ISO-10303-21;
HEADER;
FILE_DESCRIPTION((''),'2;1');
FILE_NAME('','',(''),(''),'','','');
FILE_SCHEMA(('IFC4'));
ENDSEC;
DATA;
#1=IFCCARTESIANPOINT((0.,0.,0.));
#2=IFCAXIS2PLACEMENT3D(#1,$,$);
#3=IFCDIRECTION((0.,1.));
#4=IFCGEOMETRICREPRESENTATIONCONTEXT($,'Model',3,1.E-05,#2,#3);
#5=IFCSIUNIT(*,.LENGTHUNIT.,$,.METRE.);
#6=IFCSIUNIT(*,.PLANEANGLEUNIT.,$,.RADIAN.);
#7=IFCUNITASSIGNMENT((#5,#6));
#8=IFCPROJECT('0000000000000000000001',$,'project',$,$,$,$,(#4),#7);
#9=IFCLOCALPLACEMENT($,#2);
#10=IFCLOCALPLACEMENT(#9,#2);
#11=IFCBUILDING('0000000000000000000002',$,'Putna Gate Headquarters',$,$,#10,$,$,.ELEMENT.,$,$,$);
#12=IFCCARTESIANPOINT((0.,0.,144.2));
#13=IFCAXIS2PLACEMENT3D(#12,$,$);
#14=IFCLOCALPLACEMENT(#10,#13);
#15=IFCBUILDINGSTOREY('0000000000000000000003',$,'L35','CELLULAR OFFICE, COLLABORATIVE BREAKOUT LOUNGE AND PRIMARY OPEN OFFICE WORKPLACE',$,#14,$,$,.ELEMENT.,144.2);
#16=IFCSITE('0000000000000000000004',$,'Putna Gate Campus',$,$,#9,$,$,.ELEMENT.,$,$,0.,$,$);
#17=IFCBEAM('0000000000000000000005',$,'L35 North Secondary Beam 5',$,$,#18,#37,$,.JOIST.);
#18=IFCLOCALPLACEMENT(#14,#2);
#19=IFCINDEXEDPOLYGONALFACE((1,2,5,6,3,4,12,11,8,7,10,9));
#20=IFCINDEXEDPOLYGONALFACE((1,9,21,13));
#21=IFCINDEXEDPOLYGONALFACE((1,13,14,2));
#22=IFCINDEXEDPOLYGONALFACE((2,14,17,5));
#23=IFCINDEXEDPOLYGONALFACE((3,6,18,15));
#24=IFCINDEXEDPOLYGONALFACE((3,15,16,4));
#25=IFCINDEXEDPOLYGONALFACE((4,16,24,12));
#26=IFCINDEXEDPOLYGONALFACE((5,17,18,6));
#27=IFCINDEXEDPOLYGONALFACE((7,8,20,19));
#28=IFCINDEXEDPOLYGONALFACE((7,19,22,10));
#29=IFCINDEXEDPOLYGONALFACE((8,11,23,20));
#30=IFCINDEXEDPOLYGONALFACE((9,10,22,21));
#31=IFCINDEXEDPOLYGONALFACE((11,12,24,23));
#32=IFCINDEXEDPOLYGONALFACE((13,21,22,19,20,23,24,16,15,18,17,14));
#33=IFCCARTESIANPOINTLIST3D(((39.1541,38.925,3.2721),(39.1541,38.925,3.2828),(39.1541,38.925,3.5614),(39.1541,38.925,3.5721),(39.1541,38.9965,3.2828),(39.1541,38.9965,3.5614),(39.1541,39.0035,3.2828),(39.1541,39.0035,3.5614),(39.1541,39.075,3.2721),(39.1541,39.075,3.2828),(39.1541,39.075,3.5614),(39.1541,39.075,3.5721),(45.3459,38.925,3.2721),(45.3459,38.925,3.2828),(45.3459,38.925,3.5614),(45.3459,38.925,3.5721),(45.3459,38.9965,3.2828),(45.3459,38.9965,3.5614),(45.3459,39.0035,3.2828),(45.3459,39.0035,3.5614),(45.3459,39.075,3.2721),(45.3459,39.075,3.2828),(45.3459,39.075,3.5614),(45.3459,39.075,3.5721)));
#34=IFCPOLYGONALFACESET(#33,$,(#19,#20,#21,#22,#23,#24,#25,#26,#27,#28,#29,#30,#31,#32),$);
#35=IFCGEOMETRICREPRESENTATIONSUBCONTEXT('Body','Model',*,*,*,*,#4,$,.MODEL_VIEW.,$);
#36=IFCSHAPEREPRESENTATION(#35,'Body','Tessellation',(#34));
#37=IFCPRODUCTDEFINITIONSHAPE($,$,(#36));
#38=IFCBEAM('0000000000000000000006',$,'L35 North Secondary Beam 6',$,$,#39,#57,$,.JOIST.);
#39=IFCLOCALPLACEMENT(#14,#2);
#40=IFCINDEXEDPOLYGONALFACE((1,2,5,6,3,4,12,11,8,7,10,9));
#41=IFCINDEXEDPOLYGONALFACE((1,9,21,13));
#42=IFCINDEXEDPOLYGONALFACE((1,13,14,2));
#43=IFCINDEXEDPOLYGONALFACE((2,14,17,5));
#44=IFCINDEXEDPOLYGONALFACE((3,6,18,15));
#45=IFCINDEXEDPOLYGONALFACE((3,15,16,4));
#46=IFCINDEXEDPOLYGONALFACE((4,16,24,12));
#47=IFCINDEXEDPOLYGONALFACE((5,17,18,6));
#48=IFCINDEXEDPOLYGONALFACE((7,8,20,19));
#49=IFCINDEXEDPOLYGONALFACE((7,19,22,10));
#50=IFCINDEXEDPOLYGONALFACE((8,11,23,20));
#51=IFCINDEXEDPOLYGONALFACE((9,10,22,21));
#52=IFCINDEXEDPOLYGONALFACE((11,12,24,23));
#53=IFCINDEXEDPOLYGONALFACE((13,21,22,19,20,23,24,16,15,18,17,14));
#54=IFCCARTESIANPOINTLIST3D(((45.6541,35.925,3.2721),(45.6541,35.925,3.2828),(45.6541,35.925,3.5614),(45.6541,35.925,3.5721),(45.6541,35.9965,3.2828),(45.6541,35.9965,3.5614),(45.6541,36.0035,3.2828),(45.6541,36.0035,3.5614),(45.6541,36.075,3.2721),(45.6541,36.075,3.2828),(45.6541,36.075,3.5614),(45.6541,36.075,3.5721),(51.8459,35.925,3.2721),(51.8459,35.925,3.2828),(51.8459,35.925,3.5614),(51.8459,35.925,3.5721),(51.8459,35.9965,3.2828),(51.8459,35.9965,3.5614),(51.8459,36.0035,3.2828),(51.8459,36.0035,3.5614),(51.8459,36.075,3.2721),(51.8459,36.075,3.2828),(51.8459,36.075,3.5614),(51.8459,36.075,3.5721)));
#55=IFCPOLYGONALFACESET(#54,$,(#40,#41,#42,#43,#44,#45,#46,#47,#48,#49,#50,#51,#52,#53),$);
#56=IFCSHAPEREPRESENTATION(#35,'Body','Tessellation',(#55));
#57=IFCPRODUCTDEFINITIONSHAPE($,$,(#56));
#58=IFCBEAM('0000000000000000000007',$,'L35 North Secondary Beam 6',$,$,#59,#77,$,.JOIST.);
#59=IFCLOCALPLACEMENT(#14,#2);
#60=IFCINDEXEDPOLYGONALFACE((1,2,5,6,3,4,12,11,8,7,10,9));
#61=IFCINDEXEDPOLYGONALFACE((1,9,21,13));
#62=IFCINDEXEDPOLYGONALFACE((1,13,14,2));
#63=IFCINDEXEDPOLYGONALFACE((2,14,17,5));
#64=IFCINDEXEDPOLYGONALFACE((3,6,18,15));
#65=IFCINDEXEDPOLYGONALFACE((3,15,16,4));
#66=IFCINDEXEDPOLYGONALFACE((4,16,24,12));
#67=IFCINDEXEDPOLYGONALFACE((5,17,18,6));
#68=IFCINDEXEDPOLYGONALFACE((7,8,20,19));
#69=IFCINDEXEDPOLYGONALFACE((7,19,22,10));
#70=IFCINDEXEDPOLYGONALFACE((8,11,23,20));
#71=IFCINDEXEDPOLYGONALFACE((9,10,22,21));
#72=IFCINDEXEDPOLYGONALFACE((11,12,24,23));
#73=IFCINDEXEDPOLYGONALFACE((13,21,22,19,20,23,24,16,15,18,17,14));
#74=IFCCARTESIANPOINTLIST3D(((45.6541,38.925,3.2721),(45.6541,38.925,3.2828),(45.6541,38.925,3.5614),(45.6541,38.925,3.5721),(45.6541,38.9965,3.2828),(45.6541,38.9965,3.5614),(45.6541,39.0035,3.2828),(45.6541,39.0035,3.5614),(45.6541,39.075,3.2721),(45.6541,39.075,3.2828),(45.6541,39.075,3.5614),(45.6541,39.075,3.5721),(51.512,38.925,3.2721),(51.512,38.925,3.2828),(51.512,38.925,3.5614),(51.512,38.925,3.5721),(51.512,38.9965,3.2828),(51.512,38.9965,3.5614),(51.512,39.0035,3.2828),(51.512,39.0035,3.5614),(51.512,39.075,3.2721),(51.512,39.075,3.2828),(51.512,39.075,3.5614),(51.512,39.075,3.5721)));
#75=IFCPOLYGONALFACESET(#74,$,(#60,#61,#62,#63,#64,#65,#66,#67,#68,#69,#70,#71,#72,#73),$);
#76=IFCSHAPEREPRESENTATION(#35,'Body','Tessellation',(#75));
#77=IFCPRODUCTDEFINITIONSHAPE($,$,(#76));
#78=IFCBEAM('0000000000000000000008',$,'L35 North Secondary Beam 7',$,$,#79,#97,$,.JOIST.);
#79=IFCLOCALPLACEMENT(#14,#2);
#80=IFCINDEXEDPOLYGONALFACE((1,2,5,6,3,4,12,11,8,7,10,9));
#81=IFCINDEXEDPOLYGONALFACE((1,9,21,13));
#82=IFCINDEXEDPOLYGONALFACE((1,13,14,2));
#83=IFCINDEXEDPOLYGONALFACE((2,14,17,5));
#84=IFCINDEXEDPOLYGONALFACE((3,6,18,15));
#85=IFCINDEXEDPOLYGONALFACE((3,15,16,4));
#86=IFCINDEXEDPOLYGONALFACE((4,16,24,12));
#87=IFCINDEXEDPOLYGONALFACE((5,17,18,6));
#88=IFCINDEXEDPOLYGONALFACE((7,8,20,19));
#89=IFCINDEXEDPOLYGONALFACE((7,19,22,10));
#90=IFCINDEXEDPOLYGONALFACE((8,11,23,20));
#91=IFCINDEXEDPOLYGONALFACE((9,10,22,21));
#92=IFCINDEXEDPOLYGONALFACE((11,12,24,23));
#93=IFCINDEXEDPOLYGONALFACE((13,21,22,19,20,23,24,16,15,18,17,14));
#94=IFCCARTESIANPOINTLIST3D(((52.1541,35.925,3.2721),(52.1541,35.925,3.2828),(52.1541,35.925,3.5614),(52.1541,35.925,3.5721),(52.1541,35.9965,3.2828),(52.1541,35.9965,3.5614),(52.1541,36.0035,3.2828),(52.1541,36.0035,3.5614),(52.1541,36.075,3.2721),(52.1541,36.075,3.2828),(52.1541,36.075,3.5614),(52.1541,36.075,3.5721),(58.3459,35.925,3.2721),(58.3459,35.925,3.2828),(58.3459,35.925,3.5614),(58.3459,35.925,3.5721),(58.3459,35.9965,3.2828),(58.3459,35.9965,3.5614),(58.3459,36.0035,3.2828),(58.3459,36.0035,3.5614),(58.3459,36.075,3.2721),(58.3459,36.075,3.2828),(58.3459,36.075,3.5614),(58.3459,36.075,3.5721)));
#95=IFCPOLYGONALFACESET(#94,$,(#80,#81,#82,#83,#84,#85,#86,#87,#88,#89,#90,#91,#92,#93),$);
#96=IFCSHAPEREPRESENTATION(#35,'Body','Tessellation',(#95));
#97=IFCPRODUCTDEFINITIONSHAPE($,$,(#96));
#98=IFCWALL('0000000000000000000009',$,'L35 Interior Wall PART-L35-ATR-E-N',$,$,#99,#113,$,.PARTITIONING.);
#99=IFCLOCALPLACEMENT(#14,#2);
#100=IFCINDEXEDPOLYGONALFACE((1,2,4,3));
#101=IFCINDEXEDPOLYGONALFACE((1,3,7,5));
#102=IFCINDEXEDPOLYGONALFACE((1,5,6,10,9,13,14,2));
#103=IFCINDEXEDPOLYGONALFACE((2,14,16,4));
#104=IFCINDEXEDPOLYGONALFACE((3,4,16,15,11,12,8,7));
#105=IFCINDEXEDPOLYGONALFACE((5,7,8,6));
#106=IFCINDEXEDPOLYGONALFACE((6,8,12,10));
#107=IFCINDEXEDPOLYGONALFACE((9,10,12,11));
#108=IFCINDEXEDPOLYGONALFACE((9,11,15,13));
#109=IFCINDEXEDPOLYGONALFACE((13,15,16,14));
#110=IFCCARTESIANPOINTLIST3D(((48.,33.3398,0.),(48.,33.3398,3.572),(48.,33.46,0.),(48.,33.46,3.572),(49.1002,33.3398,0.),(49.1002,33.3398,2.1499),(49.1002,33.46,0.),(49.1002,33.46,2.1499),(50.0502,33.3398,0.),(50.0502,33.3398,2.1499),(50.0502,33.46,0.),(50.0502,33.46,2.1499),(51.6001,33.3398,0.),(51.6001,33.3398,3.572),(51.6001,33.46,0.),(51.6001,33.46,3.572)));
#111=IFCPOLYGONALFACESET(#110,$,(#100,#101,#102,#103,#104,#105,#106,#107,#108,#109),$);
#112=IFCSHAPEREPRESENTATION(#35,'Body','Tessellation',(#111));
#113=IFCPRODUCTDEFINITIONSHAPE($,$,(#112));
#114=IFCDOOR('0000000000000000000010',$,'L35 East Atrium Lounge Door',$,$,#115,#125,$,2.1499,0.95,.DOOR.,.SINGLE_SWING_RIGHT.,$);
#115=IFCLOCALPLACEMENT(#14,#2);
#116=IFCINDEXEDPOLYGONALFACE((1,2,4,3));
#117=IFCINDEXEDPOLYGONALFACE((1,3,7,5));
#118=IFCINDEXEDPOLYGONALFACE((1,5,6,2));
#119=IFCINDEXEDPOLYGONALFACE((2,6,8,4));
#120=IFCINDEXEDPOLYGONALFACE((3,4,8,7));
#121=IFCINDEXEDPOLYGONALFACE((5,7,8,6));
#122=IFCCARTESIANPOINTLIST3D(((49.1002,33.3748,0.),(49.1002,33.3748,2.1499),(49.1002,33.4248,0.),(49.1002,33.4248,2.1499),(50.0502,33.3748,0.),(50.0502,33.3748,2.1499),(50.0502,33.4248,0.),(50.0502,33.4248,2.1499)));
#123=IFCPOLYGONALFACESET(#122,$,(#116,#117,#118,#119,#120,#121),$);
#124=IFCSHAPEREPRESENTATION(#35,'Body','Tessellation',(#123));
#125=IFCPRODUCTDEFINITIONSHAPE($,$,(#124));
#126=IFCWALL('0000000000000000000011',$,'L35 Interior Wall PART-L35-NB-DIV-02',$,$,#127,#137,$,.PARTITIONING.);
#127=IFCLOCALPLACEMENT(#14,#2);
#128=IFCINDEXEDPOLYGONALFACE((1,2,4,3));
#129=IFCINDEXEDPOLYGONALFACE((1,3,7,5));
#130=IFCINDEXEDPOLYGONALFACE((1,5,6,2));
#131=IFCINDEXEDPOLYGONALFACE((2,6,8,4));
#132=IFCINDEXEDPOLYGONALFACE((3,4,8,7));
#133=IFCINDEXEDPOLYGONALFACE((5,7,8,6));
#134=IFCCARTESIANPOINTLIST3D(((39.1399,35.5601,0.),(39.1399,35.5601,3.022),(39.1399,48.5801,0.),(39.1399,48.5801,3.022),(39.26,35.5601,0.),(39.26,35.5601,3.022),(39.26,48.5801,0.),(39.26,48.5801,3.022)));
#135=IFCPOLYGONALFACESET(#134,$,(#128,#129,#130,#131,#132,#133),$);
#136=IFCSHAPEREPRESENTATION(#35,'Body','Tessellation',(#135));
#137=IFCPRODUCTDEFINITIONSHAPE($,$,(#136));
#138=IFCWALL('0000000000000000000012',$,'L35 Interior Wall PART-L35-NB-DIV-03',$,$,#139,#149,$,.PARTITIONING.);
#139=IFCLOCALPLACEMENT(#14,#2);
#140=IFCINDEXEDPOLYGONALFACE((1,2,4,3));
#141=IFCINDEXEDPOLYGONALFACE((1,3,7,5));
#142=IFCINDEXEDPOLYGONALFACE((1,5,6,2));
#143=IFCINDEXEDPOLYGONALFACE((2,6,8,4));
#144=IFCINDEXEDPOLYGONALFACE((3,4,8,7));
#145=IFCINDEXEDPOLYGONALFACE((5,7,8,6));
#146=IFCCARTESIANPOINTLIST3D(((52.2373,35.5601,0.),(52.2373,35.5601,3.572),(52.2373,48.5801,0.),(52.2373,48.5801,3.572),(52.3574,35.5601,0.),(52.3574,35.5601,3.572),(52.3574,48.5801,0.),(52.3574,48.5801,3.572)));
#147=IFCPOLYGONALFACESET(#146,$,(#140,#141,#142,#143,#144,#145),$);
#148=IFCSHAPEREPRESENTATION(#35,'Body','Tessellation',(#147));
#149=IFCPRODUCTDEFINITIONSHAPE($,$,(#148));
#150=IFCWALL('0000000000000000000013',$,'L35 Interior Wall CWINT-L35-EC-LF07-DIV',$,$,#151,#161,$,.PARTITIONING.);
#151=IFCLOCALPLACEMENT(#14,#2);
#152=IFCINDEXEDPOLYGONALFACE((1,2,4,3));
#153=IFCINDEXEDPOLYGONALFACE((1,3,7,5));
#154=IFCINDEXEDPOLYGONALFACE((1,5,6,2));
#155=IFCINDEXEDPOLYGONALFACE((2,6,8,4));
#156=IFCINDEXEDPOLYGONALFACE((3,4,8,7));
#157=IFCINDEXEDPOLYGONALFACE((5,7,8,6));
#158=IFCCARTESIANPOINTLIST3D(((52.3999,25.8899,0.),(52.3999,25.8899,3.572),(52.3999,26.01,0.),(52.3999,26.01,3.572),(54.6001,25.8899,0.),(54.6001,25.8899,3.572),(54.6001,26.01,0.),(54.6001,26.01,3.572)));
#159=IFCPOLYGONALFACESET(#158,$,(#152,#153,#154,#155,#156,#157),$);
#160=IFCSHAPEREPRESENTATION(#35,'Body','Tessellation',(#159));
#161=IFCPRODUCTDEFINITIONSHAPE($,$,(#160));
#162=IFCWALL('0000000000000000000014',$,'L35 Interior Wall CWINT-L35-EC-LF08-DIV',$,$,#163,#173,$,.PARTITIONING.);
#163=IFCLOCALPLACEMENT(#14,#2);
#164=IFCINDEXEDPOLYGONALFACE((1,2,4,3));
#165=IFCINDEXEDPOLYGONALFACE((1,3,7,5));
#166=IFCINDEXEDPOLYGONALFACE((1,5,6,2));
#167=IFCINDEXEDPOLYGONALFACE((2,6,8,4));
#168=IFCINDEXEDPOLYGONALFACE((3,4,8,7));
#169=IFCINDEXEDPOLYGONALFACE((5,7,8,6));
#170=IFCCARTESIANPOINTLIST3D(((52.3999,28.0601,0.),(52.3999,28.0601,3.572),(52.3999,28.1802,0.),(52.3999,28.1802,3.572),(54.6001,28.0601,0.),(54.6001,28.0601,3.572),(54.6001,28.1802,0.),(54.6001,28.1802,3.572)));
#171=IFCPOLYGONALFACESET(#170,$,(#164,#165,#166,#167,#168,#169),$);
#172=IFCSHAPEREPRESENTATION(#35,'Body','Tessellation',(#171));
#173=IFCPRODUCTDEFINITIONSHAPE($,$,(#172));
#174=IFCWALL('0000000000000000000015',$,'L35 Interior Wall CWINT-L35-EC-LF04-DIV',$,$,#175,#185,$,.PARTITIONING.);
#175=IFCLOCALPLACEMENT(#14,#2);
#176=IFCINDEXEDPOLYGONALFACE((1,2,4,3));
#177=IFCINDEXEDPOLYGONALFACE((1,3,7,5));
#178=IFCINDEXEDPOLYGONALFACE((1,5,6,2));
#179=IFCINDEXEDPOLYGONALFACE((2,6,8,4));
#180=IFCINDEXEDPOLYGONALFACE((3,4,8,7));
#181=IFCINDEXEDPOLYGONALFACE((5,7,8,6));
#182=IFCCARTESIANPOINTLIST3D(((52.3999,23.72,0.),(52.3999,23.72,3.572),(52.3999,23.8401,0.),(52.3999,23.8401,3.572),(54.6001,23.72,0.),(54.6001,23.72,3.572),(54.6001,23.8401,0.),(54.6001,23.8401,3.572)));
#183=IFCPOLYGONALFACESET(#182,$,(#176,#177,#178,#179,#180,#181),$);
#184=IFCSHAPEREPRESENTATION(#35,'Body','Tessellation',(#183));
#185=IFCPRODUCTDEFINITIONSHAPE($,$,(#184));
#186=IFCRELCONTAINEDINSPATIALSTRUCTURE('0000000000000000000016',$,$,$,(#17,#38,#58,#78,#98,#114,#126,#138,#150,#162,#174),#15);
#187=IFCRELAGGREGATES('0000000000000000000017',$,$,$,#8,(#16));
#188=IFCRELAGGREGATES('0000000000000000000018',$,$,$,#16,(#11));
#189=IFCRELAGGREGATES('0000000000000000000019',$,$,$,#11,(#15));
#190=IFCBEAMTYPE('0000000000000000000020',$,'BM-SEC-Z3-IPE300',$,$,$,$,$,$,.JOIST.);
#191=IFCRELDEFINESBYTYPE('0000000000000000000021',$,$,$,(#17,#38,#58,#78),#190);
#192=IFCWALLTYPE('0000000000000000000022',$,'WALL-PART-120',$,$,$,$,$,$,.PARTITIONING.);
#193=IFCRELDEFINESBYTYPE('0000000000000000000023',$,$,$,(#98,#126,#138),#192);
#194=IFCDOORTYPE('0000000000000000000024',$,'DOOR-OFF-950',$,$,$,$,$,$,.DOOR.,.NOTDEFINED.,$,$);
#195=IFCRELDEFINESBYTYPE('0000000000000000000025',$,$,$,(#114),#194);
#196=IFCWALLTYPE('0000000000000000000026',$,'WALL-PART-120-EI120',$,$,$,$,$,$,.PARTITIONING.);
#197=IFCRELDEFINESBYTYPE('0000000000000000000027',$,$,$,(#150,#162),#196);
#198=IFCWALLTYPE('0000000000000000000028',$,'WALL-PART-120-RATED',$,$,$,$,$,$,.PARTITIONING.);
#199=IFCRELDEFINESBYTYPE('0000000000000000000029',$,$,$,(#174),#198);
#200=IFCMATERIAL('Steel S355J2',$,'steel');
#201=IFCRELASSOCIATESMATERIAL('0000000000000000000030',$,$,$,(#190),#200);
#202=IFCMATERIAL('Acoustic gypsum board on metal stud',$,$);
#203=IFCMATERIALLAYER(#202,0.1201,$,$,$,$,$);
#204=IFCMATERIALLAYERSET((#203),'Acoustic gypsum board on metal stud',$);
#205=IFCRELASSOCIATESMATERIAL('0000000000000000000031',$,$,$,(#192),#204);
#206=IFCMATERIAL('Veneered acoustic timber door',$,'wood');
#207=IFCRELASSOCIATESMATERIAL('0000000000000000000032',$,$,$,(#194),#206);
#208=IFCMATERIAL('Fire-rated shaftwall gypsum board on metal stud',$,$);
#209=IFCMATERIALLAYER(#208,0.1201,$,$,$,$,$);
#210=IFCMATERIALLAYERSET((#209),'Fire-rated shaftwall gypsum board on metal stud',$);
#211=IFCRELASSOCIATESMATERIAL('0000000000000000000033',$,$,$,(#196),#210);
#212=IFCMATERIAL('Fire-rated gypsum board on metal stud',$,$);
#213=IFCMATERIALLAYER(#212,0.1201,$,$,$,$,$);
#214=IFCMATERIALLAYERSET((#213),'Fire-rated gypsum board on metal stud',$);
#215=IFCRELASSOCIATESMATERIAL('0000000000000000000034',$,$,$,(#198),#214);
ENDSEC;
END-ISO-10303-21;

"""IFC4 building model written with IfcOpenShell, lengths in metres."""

from ifc_helpers import new_model, si_unit, direction, frame, frame_2d, origin, origin_2d, place, context, subcontext, project, spatial, rectangle, i_section, extrude, material, layer, layer_set, material_profile, profile_set, type_object, element, fill, save


model = new_model("IFC4")

# Units and contexts
model_context = context("Model", 3, precision=1e-05, world=origin(), true_north=direction((0.0, 1.0)))
body_context = subcontext(model_context, "Body", "Model", "MODEL_VIEW")
ifc_project = project(units=[si_unit("LENGTHUNIT", "METRE"), si_unit("PLANEANGLEUNIT", "RADIAN")], contexts=[model_context])

# Site, building, storey
site_placement = place(None, origin())
site = spatial("IfcSite", under=ifc_project, at=site_placement, Name="Putna Gate Campus", CompositionType="ELEMENT", RefElevation=0.0)
building_placement = place(site_placement, origin())
building = spatial("IfcBuilding", under=site, at=building_placement, Name="Putna Gate Headquarters", CompositionType="ELEMENT")
storey_placement = place(building_placement, frame((0.0, 0.0, 144.2)))
storey = spatial("IfcBuildingStorey", under=building, at=storey_placement, Name="L35", Description="CELLULAR OFFICE, COLLABORATIVE BREAKOUT LOUNGE AND PRIMARY OPEN OFFICE WORKPLACE", CompositionType="ELEMENT", Elevation=144.2)

# Beams
ifc_material_1 = material(Name="Steel S355J2", Category="steel")
ifc_material_profile_1 = material_profile(ifc_material_1, i_section(OverallWidth=0.1499, OverallDepth=0.3, WebThickness=0.0071, FlangeThickness=0.0107, at=origin_2d()), Name="Steel S355J2")
ifc_profile_set_1 = profile_set([ifc_material_profile_1], Name="Steel S355J2")
beam_type_1 = type_object("IfcBeamType", Name="BM-SEC-Z3-IPE300", PredefinedType="JOIST", material=ifc_profile_set_1)
for number, where, z_axis, x_axis, name in (
    (1, (39.1541, 39.0, 3.4221), (1.0, 0.0, 0.0), (0.0, 1.0, 0.0), "L35 North Secondary Beam 5"),
    (2, (45.6541, 36.0, 3.4221), (1.0, 0.0, 0.0), (0.0, 1.0, 0.0), "L35 North Secondary Beam 6"),
):
    element("IfcBeam", number, at=place(storey_placement, frame(where, z_axis=z_axis, x_axis=x_axis)), inside=storey, type_object=beam_type_1, Name=name, PredefinedType="JOIST", context=body_context, shape_type="SweptSolid", body=[
        extrude(i_section(OverallWidth=0.1499, OverallDepth=0.3, WebThickness=0.0071, FlangeThickness=0.0107, at=origin_2d()), origin(), (0.0, 0.0, 1.0), 6.1919),
    ])
beam_1_placement = place(storey_placement, frame((45.6541, 39.0, 3.4221), z_axis=(1.0, 0.0, 0.0), x_axis=(0.0, 1.0, 0.0)))
element("IfcBeam", 3, at=beam_1_placement, inside=storey, type_object=beam_type_1, Name="L35 North Secondary Beam 6", PredefinedType="JOIST", context=body_context, shape_type="SweptSolid", body=[
    extrude(i_section(OverallWidth=0.1499, OverallDepth=0.3, WebThickness=0.0071, FlangeThickness=0.0107, at=origin_2d()), origin(), (0.0, 0.0, 1.0), 5.8579),
])
beam_2_placement = place(storey_placement, frame((52.1541, 36.0, 3.4221), z_axis=(1.0, 0.0, 0.0), x_axis=(0.0, 1.0, 0.0)))
element("IfcBeam", 4, at=beam_2_placement, inside=storey, type_object=beam_type_1, Name="L35 North Secondary Beam 7", PredefinedType="JOIST", context=body_context, shape_type="SweptSolid", body=[
    extrude(i_section(OverallWidth=0.1499, OverallDepth=0.3, WebThickness=0.0071, FlangeThickness=0.0107, at=origin_2d()), origin(), (0.0, 0.0, 1.0), 6.1919),
])

# Wall, opening, door
ifc_material_2 = material(Name="Acoustic gypsum board on metal stud")
ifc_layer_1 = layer(ifc_material_2, 0.1201)
ifc_layer_set_1 = layer_set([ifc_layer_1], Name="Acoustic gypsum board on metal stud")
wall_type_1 = type_object("IfcWallType", Name="WALL-PART-120", PredefinedType="PARTITIONING", material=ifc_layer_set_1)
wall_1_placement = place(storey_placement, frame((48.0, 33.3999, 0.0), z_axis=(0.0, 0.0, 1.0), x_axis=(1.0, 0.0, 0.0)))
wall_1 = element("IfcWall", 5, at=wall_1_placement, inside=storey, type_object=wall_type_1, Name="L35 Interior Wall PART-L35-ATR-E-N", PredefinedType="PARTITIONING", context=body_context, shape_type="SweptSolid", body=[
    extrude(rectangle(XDim=3.6001, YDim=0.1201, at=frame_2d((1.8, 0.0))), origin(), (0.0, 0.0, 1.0), 3.572),
])
opening_1_placement = place(wall_1_placement, frame((1.1001, 0.0, 0.0)))
opening_1 = element("IfcOpeningElement", 6, at=opening_1_placement, cuts=wall_1, PredefinedType="OPENING", context=body_context, shape_type="SweptSolid", body=[
    extrude(rectangle(XDim=0.95, YDim=2.1499, at=frame_2d((0.4751, 1.075))), frame((0.0, 0.0701, 0.0), z_axis=(0.0, -1.0, 0.0), x_axis=(1.0, 0.0, 0.0)), (0.0, 0.0, 1.0), 0.1401),
])
ifc_material_3 = material(Name="Veneered acoustic timber door", Category="wood")
door_type_1 = type_object("IfcDoorType", Name="DOOR-OFF-950", OperationType="NOTDEFINED", PredefinedType="DOOR", material=ifc_material_3)
door_1_placement = place(opening_1_placement, origin())
door_1 = element("IfcDoor", 7, at=door_1_placement, inside=storey, type_object=door_type_1, Name="L35 East Atrium Lounge Door", OperationType="SINGLE_SWING_RIGHT", OverallHeight=2.1499, OverallWidth=0.95, PredefinedType="DOOR", context=body_context, shape_type="SweptSolid", body=[
    extrude(rectangle(XDim=0.95, YDim=2.1499, at=frame_2d((0.4751, 1.075))), frame((0.0, 0.0249, 0.0), z_axis=(0.0, -1.0, 0.0), x_axis=(1.0, 0.0, 0.0)), (0.0, 0.0, 1.0), 0.05),
])
fill(opening_1, door_1)

# Walls
wall_2_placement = place(storey_placement, frame((39.2, 35.5601, 0.0), z_axis=(0.0, 0.0, 1.0), x_axis=(0.0, 1.0, 0.0)))
element("IfcWall", 8, at=wall_2_placement, inside=storey, type_object=wall_type_1, Name="L35 Interior Wall PART-L35-NB-DIV-02", PredefinedType="PARTITIONING", context=body_context, shape_type="SweptSolid", body=[
    extrude(rectangle(XDim=13.02, YDim=0.1201, at=frame_2d((6.51, 0.0))), origin(), (0.0, 0.0, 1.0), 3.022),
])
wall_3_placement = place(storey_placement, frame((52.2974, 35.5601, 0.0), z_axis=(0.0, 0.0, 1.0), x_axis=(0.0, 1.0, 0.0)))
element("IfcWall", 9, at=wall_3_placement, inside=storey, type_object=wall_type_1, Name="L35 Interior Wall PART-L35-NB-DIV-03", PredefinedType="PARTITIONING", context=body_context, shape_type="SweptSolid", body=[
    extrude(rectangle(XDim=13.02, YDim=0.1201, at=frame_2d((6.51, 0.0))), origin(), (0.0, 0.0, 1.0), 3.572),
])
ifc_material_4 = material(Name="Fire-rated shaftwall gypsum board on metal stud")
ifc_layer_2 = layer(ifc_material_4, 0.1201)
ifc_layer_set_2 = layer_set([ifc_layer_2], Name="Fire-rated shaftwall gypsum board on metal stud")
wall_type_2 = type_object("IfcWallType", Name="WALL-PART-120-EI120", PredefinedType="PARTITIONING", material=ifc_layer_set_2)
for number, where, z_axis, x_axis, name in (
    (10, (52.3999, 25.95, 0.0), (0.0, 0.0, 1.0), (1.0, 0.0, 0.0), "L35 Interior Wall CWINT-L35-EC-LF07-DIV"),
    (11, (52.3999, 28.1201, 0.0), (0.0, 0.0, 1.0), (1.0, 0.0, 0.0), "L35 Interior Wall CWINT-L35-EC-LF08-DIV"),
):
    element("IfcWall", number, at=place(storey_placement, frame(where, z_axis=z_axis, x_axis=x_axis)), inside=storey, type_object=wall_type_2, Name=name, PredefinedType="PARTITIONING", context=body_context, shape_type="SweptSolid", body=[
        extrude(rectangle(XDim=2.2002, YDim=0.1201, at=frame_2d((1.1001, 0.0))), origin(), (0.0, 0.0, 1.0), 3.572),
    ])
ifc_material_5 = material(Name="Fire-rated gypsum board on metal stud")
ifc_layer_3 = layer(ifc_material_5, 0.1201)
ifc_layer_set_3 = layer_set([ifc_layer_3], Name="Fire-rated gypsum board on metal stud")
wall_type_3 = type_object("IfcWallType", Name="WALL-PART-120-RATED", PredefinedType="PARTITIONING", material=ifc_layer_set_3)
wall_4_placement = place(storey_placement, frame((52.3999, 23.78, 0.0), z_axis=(0.0, 0.0, 1.0), x_axis=(1.0, 0.0, 0.0)))
element("IfcWall", 12, at=wall_4_placement, inside=storey, type_object=wall_type_3, Name="L35 Interior Wall CWINT-L35-EC-LF04-DIV", PredefinedType="PARTITIONING", context=body_context, shape_type="SweptSolid", body=[
    extrude(rectangle(XDim=2.2002, YDim=0.1201, at=frame_2d((1.1001, 0.0))), origin(), (0.0, 0.0, 1.0), 3.572),
])

save(model, "model.ifc")
